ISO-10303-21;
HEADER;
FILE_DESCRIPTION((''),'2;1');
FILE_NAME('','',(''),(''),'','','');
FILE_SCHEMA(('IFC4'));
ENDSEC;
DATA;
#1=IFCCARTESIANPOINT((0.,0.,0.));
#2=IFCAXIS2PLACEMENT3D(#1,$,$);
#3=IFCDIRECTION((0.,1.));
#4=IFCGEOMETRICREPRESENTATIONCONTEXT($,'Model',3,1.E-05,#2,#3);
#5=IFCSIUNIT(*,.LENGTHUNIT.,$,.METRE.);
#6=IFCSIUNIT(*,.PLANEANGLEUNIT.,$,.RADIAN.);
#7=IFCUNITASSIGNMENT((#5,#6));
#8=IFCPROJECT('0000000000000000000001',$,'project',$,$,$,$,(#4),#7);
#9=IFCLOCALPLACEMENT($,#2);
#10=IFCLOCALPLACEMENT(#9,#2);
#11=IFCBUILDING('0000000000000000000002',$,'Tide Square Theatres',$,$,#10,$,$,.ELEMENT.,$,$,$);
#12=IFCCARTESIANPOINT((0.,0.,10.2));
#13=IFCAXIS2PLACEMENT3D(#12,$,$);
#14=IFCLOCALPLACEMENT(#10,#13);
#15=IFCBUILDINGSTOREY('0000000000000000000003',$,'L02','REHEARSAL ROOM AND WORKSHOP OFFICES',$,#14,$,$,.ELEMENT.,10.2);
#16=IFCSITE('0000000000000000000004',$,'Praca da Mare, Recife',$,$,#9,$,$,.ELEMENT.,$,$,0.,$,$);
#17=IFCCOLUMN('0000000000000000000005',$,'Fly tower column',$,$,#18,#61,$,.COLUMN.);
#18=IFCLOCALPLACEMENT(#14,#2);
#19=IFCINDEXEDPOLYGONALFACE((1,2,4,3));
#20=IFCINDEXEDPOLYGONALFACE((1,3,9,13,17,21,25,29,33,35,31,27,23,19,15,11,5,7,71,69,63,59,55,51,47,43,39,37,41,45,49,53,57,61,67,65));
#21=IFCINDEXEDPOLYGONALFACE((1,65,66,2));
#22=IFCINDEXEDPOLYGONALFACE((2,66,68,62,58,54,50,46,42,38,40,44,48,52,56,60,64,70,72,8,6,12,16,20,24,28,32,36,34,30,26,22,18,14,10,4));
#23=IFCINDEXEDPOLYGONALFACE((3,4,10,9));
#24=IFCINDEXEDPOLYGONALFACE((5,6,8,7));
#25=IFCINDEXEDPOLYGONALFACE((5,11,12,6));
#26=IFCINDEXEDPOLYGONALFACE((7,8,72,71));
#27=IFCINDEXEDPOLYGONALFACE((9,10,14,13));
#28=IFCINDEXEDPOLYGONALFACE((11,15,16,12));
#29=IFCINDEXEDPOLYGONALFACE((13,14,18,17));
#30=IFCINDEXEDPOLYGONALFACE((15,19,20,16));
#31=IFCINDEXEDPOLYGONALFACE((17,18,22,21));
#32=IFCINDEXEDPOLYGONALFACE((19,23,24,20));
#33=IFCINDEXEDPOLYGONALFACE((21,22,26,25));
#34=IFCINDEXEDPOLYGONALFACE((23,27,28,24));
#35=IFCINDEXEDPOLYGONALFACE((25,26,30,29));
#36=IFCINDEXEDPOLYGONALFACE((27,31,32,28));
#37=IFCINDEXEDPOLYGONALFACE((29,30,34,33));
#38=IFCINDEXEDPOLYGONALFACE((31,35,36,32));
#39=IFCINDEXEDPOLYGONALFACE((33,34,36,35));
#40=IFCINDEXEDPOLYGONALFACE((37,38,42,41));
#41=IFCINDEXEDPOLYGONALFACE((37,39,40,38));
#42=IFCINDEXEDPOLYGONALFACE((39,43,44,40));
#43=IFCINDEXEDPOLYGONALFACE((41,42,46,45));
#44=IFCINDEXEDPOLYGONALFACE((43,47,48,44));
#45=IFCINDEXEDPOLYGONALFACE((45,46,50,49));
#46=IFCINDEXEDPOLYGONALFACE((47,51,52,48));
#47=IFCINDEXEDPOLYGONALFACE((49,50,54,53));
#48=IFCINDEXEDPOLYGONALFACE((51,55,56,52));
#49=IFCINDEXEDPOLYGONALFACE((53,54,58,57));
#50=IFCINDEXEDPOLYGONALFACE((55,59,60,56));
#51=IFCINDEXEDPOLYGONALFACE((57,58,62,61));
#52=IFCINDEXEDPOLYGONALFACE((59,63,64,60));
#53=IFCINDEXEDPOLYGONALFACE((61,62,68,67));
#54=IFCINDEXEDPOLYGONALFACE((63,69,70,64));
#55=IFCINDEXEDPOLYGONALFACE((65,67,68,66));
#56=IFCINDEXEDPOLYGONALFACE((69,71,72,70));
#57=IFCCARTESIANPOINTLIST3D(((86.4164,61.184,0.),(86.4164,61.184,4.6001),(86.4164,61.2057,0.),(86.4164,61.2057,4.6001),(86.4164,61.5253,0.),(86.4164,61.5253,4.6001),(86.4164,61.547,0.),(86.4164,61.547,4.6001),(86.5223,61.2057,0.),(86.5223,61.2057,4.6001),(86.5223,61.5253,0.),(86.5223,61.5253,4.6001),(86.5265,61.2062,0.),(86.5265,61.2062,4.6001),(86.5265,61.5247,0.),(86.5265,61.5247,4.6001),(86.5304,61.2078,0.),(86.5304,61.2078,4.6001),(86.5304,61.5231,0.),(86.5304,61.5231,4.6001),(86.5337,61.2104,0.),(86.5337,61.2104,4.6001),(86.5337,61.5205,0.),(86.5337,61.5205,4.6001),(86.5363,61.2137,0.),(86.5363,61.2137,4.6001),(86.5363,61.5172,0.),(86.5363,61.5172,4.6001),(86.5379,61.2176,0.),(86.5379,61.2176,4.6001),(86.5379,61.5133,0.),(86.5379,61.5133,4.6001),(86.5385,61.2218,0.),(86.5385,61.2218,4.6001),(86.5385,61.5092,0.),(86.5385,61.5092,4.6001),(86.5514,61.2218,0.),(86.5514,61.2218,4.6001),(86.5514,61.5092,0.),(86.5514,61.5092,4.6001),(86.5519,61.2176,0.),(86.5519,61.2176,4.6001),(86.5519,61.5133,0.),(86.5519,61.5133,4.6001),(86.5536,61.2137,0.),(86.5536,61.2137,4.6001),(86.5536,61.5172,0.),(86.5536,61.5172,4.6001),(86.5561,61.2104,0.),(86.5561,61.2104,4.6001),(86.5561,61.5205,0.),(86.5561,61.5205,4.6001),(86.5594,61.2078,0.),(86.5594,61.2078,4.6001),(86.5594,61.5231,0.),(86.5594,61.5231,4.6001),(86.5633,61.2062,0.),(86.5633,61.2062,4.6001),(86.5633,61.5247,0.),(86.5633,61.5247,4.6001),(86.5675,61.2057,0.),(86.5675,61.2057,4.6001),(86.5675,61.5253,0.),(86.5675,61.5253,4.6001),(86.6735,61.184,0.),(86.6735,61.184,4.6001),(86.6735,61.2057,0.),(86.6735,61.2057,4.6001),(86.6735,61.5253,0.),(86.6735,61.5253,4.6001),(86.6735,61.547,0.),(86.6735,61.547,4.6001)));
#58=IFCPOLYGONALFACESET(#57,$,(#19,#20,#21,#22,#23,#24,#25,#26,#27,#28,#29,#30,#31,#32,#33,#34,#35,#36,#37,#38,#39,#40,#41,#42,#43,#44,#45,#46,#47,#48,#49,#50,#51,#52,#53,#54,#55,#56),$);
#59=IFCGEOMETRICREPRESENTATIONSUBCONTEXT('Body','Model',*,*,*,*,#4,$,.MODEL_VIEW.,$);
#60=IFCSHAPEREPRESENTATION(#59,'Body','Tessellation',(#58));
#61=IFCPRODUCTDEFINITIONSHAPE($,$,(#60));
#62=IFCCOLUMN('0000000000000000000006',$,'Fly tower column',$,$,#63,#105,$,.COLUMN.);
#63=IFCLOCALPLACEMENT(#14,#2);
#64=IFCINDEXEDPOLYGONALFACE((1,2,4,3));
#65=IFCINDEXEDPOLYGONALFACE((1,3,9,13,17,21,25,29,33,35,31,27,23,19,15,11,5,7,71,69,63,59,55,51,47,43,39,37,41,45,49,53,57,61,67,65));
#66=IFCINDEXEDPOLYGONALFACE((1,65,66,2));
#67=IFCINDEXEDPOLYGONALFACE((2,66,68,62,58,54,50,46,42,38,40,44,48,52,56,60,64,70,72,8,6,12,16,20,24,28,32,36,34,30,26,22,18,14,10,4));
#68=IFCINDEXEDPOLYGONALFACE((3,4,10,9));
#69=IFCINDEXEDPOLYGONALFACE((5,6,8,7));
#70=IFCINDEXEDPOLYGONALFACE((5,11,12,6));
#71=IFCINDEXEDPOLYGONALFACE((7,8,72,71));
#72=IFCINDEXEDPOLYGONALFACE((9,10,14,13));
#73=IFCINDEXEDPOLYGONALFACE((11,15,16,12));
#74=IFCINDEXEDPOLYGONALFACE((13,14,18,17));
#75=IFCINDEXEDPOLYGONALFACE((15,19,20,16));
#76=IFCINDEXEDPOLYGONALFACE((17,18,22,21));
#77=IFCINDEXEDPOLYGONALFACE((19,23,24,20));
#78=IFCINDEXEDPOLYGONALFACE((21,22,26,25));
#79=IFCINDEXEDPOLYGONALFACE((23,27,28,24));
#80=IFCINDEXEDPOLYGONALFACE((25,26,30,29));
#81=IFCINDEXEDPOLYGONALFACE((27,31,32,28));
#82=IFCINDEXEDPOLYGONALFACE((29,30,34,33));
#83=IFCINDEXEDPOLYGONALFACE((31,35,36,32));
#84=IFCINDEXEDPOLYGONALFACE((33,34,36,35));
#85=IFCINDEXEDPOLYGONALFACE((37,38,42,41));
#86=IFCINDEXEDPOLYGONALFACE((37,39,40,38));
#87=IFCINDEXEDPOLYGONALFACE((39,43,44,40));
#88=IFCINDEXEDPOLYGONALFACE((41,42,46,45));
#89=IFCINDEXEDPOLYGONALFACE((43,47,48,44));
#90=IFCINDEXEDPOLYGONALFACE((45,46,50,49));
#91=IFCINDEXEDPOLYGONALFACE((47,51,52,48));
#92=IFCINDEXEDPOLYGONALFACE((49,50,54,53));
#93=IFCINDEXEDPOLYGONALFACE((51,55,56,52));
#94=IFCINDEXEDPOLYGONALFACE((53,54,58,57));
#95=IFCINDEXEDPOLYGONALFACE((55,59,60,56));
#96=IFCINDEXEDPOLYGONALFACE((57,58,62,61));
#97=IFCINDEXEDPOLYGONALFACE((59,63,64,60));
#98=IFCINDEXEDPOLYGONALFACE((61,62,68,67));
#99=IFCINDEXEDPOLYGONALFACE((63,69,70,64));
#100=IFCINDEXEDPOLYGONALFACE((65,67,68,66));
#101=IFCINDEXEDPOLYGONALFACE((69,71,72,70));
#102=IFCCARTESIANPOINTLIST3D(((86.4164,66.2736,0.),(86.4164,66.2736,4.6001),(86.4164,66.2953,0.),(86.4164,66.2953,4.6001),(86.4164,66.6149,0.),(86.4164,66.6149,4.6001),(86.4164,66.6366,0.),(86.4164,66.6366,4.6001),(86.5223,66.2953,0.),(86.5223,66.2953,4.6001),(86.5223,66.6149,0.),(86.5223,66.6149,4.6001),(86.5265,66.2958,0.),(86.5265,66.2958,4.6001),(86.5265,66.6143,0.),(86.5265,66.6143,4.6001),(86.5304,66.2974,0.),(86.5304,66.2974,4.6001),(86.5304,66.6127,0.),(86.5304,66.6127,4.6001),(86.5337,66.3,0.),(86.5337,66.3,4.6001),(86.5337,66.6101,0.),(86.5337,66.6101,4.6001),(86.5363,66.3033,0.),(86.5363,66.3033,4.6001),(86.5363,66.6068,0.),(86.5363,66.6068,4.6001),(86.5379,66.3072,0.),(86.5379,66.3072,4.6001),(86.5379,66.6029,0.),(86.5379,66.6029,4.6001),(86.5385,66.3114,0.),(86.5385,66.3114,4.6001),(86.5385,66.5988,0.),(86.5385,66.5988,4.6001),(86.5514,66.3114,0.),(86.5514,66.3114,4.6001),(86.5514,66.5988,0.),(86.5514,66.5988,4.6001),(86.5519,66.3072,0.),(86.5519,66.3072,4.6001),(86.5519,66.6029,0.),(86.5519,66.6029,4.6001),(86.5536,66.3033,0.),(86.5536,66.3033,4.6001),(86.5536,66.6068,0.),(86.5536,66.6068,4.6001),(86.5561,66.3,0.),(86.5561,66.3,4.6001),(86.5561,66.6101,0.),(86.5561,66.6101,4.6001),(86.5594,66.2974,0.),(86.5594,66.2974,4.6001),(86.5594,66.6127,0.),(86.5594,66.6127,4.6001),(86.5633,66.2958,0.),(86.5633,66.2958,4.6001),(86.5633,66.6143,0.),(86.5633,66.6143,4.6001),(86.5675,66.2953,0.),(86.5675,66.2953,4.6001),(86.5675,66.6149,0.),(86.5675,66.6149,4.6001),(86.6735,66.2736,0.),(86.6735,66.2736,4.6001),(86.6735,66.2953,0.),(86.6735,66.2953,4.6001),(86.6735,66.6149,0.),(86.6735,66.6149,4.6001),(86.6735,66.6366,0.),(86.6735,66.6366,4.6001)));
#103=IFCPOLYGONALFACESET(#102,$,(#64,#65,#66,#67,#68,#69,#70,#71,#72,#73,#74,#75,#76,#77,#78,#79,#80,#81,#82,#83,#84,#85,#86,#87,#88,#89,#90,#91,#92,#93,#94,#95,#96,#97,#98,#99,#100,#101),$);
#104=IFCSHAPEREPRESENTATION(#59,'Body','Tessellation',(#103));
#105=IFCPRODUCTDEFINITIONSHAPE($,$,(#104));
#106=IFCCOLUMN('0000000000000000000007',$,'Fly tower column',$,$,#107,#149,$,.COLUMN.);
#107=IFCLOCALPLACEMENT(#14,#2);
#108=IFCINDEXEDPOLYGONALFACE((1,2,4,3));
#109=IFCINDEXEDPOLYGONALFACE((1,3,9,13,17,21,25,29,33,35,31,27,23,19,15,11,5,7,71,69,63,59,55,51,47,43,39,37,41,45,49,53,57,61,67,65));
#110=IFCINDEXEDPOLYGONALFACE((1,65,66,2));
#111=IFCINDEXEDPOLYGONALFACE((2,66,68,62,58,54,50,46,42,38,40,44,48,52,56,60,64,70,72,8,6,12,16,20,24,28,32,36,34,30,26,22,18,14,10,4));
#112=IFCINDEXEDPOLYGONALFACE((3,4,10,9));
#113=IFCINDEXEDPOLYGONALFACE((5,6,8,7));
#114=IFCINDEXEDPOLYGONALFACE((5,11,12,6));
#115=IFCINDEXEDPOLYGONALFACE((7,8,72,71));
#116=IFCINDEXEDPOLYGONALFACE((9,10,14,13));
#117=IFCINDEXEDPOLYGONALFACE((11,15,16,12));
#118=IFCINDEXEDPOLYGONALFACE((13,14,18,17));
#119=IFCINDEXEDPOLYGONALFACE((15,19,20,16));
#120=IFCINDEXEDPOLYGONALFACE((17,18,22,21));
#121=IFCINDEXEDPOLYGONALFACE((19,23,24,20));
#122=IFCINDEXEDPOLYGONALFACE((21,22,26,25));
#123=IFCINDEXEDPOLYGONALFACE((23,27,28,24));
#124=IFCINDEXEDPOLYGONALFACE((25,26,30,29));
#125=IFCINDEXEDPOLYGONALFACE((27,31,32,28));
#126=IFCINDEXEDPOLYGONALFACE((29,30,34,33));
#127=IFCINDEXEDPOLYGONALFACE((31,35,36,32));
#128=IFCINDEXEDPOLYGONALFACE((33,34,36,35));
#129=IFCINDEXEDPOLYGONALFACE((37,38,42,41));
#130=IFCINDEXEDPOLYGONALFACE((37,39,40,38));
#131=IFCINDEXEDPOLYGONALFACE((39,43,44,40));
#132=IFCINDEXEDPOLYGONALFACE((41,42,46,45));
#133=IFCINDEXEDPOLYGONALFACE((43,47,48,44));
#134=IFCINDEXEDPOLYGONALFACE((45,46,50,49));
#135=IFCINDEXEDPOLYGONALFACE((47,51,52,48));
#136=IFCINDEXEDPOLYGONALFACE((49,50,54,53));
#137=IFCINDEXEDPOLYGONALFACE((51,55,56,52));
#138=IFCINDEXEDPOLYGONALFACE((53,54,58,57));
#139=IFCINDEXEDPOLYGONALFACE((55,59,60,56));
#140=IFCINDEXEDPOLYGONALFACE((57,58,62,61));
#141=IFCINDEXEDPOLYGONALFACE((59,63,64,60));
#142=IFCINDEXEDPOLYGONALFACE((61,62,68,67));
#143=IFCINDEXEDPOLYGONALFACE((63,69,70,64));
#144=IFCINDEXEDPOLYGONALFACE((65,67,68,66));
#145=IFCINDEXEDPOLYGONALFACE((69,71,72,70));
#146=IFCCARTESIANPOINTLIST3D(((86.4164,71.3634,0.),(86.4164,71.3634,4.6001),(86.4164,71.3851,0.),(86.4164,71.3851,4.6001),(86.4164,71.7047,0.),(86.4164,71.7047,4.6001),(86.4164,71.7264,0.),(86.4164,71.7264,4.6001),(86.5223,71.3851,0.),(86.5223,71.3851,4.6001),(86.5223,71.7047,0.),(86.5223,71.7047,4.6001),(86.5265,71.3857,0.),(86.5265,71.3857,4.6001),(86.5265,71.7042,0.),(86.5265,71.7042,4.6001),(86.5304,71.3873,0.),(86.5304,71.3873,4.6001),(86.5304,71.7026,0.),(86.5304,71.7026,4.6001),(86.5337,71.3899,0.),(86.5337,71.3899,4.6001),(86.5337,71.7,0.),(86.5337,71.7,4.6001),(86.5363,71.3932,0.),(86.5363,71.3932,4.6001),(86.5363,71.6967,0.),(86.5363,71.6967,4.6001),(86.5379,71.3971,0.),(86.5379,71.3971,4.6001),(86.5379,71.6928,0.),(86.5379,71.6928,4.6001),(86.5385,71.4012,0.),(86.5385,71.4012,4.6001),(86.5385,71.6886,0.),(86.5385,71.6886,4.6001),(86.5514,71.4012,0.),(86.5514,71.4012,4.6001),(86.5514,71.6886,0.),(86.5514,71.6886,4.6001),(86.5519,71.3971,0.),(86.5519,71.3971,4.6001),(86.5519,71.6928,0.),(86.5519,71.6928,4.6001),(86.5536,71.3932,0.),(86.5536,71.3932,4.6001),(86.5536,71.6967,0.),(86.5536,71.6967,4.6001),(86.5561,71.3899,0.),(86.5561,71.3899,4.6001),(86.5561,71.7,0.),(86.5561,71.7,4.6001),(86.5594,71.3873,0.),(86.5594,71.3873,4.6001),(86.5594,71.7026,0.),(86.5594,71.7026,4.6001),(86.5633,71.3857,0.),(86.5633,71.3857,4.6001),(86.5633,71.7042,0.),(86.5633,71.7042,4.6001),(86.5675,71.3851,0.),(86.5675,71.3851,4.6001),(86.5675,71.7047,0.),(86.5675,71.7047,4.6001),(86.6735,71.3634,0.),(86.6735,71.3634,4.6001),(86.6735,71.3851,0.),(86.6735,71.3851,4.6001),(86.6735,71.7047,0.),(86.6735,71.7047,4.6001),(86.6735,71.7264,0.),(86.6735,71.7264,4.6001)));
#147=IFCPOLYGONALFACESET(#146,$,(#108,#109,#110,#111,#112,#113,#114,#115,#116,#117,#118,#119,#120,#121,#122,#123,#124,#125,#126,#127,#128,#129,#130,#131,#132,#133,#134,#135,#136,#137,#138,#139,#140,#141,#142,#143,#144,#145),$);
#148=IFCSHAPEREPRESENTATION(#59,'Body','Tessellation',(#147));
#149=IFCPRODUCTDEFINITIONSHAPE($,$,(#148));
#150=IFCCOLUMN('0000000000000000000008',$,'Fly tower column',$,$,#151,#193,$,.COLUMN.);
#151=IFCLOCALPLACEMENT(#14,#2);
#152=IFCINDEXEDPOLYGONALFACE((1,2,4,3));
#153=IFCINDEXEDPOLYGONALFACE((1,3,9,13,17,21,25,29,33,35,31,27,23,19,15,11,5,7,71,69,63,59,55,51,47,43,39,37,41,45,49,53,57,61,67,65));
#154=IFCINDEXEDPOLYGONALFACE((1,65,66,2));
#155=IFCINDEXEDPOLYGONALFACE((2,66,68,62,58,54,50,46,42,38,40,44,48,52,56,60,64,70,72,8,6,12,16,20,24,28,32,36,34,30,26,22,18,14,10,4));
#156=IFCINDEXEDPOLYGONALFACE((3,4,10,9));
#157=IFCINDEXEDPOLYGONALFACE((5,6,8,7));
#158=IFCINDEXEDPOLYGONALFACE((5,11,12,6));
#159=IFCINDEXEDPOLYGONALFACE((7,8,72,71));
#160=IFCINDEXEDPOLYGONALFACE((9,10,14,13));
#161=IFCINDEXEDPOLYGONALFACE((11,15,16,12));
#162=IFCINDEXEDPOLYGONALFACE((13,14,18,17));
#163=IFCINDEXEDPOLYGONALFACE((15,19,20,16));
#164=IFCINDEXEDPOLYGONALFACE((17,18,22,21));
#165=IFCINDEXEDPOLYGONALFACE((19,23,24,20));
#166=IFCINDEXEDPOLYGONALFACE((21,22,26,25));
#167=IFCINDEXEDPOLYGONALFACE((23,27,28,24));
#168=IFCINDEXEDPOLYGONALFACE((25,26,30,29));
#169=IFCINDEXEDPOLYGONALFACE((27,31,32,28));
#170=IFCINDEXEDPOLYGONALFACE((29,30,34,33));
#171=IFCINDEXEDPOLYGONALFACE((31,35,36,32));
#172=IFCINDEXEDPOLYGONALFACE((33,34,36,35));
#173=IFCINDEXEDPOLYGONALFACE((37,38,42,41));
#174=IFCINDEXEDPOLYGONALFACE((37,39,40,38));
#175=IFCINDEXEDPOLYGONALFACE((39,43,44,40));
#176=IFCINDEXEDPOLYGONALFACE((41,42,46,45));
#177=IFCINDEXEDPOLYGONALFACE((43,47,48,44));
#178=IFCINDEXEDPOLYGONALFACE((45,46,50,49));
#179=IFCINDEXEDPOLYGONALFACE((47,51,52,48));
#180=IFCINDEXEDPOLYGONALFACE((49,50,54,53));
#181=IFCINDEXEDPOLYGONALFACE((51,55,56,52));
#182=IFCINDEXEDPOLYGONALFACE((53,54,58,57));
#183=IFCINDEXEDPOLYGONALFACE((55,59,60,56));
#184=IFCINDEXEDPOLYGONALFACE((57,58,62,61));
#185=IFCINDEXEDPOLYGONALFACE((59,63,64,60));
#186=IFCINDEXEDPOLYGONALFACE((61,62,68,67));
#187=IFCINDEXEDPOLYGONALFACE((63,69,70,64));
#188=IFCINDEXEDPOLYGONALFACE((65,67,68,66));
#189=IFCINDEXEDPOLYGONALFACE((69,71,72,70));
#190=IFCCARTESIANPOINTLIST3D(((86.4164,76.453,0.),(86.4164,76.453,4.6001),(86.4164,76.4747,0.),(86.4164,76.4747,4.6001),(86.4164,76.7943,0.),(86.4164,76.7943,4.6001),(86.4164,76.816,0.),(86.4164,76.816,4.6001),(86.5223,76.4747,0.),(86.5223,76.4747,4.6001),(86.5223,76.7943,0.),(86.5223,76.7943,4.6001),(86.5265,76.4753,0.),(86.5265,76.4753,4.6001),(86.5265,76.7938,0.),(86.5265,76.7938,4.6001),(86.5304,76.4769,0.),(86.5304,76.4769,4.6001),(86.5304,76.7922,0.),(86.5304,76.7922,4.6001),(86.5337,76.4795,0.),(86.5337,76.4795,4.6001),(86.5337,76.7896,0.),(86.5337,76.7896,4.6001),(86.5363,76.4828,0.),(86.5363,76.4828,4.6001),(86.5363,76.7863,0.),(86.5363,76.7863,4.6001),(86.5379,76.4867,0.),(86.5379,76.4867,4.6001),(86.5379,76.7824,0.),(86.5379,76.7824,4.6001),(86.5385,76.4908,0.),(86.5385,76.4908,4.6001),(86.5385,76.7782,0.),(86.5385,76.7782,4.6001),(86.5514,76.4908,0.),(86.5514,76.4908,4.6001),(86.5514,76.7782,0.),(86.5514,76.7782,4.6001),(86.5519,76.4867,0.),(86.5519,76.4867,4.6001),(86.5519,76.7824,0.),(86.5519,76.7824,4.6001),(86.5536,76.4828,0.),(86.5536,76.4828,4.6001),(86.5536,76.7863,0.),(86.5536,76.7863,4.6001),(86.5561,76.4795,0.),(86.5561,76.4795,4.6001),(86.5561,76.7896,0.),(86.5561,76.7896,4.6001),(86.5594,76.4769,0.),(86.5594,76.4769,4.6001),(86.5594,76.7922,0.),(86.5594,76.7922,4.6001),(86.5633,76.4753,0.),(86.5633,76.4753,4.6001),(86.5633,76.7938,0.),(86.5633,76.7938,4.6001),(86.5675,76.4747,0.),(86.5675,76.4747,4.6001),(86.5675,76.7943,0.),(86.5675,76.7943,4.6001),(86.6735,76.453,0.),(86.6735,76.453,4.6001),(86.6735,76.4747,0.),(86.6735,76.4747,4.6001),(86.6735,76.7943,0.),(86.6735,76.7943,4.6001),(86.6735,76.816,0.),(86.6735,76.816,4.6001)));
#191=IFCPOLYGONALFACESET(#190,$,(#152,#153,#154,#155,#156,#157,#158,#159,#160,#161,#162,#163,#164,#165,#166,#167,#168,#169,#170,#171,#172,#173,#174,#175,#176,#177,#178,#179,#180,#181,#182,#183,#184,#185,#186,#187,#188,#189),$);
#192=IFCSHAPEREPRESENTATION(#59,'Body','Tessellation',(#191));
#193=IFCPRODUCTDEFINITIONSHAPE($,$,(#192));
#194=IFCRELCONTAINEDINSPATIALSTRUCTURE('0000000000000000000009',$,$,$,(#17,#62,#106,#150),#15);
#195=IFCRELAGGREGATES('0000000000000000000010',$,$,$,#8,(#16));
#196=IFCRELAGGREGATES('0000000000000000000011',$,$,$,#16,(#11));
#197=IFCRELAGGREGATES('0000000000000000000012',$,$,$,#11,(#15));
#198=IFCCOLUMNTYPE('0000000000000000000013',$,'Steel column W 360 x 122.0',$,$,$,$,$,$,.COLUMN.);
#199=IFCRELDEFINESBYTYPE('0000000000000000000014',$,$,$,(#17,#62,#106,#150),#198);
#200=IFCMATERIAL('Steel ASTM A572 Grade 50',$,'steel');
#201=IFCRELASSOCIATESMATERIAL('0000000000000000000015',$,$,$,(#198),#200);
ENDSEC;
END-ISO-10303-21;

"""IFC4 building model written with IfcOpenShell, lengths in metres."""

from ifc_helpers import new_model, si_unit, direction, frame, origin, origin_2d, place, context, subcontext, project, spatial, i_section, extrude, material, material_profile, profile_set, type_object, element, save


model = new_model("IFC4")

# Units and contexts
model_context = context("Model", 3, precision=1e-05, world=origin(), true_north=direction((0.0, 1.0)))
body_context = subcontext(model_context, "Body", "Model", "MODEL_VIEW")
ifc_project = project(units=[si_unit("LENGTHUNIT", "METRE"), si_unit("PLANEANGLEUNIT", "RADIAN")], contexts=[model_context])

# Site, building, storey
site_placement = place(None, origin())
site = spatial("IfcSite", under=ifc_project, at=site_placement, Name="Praca da Mare, Recife", CompositionType="ELEMENT", RefElevation=0.0)
building_placement = place(site_placement, origin())
building = spatial("IfcBuilding", under=site, at=building_placement, Name="Tide Square Theatres", CompositionType="ELEMENT")
storey_placement = place(building_placement, frame((0.0, 0.0, 10.2)))
storey = spatial("IfcBuildingStorey", under=building, at=storey_placement, Name="L02", Description="REHEARSAL ROOM AND WORKSHOP OFFICES", CompositionType="ELEMENT", Elevation=10.2)

# Columns
ifc_material_1 = material(Name="Steel ASTM A572 Grade 50", Category="steel")
ifc_material_profile_1 = material_profile(ifc_material_1, i_section(OverallWidth=0.2571, OverallDepth=0.363, WebThickness=0.0129, FlangeThickness=0.0217, FilletRadius=0.0161, at=origin_2d()))
ifc_profile_set_1 = profile_set([ifc_material_profile_1], Name="Steel ASTM A572 Grade 50")
column_type = type_object("IfcColumnType", Name="Steel column W 360 x 122.0", PredefinedType="COLUMN", material=ifc_profile_set_1)
for number, where, z_axis, x_axis, name in (
    (1, (86.5449, 61.3655, 0.0), (0.0, 0.0, 1.0), (1.0, 0.0, 0.0), "Fly tower column"),
    (2, (86.5449, 66.4551, 0.0), (0.0, 0.0, 1.0), (1.0, 0.0, 0.0), "Fly tower column"),
    (3, (86.5449, 71.5449, 0.0), (0.0, 0.0, 1.0), (1.0, 0.0, 0.0), "Fly tower column"),
    (4, (86.5449, 76.6345, 0.0), (0.0, 0.0, 1.0), (1.0, 0.0, 0.0), "Fly tower column"),
):
    element("IfcColumn", number, at=place(storey_placement, frame(where, z_axis=z_axis, x_axis=x_axis)), inside=storey, type_object=column_type, Name=name, PredefinedType="COLUMN", context=body_context, shape_type="SweptSolid", body=[
        extrude(i_section(OverallWidth=0.2571, OverallDepth=0.363, WebThickness=0.0129, FlangeThickness=0.0217, FilletRadius=0.0161, at=origin_2d()), origin(), (0.0, 0.0, 1.0), 4.6001),
    ])

save(model, "model.ifc")
